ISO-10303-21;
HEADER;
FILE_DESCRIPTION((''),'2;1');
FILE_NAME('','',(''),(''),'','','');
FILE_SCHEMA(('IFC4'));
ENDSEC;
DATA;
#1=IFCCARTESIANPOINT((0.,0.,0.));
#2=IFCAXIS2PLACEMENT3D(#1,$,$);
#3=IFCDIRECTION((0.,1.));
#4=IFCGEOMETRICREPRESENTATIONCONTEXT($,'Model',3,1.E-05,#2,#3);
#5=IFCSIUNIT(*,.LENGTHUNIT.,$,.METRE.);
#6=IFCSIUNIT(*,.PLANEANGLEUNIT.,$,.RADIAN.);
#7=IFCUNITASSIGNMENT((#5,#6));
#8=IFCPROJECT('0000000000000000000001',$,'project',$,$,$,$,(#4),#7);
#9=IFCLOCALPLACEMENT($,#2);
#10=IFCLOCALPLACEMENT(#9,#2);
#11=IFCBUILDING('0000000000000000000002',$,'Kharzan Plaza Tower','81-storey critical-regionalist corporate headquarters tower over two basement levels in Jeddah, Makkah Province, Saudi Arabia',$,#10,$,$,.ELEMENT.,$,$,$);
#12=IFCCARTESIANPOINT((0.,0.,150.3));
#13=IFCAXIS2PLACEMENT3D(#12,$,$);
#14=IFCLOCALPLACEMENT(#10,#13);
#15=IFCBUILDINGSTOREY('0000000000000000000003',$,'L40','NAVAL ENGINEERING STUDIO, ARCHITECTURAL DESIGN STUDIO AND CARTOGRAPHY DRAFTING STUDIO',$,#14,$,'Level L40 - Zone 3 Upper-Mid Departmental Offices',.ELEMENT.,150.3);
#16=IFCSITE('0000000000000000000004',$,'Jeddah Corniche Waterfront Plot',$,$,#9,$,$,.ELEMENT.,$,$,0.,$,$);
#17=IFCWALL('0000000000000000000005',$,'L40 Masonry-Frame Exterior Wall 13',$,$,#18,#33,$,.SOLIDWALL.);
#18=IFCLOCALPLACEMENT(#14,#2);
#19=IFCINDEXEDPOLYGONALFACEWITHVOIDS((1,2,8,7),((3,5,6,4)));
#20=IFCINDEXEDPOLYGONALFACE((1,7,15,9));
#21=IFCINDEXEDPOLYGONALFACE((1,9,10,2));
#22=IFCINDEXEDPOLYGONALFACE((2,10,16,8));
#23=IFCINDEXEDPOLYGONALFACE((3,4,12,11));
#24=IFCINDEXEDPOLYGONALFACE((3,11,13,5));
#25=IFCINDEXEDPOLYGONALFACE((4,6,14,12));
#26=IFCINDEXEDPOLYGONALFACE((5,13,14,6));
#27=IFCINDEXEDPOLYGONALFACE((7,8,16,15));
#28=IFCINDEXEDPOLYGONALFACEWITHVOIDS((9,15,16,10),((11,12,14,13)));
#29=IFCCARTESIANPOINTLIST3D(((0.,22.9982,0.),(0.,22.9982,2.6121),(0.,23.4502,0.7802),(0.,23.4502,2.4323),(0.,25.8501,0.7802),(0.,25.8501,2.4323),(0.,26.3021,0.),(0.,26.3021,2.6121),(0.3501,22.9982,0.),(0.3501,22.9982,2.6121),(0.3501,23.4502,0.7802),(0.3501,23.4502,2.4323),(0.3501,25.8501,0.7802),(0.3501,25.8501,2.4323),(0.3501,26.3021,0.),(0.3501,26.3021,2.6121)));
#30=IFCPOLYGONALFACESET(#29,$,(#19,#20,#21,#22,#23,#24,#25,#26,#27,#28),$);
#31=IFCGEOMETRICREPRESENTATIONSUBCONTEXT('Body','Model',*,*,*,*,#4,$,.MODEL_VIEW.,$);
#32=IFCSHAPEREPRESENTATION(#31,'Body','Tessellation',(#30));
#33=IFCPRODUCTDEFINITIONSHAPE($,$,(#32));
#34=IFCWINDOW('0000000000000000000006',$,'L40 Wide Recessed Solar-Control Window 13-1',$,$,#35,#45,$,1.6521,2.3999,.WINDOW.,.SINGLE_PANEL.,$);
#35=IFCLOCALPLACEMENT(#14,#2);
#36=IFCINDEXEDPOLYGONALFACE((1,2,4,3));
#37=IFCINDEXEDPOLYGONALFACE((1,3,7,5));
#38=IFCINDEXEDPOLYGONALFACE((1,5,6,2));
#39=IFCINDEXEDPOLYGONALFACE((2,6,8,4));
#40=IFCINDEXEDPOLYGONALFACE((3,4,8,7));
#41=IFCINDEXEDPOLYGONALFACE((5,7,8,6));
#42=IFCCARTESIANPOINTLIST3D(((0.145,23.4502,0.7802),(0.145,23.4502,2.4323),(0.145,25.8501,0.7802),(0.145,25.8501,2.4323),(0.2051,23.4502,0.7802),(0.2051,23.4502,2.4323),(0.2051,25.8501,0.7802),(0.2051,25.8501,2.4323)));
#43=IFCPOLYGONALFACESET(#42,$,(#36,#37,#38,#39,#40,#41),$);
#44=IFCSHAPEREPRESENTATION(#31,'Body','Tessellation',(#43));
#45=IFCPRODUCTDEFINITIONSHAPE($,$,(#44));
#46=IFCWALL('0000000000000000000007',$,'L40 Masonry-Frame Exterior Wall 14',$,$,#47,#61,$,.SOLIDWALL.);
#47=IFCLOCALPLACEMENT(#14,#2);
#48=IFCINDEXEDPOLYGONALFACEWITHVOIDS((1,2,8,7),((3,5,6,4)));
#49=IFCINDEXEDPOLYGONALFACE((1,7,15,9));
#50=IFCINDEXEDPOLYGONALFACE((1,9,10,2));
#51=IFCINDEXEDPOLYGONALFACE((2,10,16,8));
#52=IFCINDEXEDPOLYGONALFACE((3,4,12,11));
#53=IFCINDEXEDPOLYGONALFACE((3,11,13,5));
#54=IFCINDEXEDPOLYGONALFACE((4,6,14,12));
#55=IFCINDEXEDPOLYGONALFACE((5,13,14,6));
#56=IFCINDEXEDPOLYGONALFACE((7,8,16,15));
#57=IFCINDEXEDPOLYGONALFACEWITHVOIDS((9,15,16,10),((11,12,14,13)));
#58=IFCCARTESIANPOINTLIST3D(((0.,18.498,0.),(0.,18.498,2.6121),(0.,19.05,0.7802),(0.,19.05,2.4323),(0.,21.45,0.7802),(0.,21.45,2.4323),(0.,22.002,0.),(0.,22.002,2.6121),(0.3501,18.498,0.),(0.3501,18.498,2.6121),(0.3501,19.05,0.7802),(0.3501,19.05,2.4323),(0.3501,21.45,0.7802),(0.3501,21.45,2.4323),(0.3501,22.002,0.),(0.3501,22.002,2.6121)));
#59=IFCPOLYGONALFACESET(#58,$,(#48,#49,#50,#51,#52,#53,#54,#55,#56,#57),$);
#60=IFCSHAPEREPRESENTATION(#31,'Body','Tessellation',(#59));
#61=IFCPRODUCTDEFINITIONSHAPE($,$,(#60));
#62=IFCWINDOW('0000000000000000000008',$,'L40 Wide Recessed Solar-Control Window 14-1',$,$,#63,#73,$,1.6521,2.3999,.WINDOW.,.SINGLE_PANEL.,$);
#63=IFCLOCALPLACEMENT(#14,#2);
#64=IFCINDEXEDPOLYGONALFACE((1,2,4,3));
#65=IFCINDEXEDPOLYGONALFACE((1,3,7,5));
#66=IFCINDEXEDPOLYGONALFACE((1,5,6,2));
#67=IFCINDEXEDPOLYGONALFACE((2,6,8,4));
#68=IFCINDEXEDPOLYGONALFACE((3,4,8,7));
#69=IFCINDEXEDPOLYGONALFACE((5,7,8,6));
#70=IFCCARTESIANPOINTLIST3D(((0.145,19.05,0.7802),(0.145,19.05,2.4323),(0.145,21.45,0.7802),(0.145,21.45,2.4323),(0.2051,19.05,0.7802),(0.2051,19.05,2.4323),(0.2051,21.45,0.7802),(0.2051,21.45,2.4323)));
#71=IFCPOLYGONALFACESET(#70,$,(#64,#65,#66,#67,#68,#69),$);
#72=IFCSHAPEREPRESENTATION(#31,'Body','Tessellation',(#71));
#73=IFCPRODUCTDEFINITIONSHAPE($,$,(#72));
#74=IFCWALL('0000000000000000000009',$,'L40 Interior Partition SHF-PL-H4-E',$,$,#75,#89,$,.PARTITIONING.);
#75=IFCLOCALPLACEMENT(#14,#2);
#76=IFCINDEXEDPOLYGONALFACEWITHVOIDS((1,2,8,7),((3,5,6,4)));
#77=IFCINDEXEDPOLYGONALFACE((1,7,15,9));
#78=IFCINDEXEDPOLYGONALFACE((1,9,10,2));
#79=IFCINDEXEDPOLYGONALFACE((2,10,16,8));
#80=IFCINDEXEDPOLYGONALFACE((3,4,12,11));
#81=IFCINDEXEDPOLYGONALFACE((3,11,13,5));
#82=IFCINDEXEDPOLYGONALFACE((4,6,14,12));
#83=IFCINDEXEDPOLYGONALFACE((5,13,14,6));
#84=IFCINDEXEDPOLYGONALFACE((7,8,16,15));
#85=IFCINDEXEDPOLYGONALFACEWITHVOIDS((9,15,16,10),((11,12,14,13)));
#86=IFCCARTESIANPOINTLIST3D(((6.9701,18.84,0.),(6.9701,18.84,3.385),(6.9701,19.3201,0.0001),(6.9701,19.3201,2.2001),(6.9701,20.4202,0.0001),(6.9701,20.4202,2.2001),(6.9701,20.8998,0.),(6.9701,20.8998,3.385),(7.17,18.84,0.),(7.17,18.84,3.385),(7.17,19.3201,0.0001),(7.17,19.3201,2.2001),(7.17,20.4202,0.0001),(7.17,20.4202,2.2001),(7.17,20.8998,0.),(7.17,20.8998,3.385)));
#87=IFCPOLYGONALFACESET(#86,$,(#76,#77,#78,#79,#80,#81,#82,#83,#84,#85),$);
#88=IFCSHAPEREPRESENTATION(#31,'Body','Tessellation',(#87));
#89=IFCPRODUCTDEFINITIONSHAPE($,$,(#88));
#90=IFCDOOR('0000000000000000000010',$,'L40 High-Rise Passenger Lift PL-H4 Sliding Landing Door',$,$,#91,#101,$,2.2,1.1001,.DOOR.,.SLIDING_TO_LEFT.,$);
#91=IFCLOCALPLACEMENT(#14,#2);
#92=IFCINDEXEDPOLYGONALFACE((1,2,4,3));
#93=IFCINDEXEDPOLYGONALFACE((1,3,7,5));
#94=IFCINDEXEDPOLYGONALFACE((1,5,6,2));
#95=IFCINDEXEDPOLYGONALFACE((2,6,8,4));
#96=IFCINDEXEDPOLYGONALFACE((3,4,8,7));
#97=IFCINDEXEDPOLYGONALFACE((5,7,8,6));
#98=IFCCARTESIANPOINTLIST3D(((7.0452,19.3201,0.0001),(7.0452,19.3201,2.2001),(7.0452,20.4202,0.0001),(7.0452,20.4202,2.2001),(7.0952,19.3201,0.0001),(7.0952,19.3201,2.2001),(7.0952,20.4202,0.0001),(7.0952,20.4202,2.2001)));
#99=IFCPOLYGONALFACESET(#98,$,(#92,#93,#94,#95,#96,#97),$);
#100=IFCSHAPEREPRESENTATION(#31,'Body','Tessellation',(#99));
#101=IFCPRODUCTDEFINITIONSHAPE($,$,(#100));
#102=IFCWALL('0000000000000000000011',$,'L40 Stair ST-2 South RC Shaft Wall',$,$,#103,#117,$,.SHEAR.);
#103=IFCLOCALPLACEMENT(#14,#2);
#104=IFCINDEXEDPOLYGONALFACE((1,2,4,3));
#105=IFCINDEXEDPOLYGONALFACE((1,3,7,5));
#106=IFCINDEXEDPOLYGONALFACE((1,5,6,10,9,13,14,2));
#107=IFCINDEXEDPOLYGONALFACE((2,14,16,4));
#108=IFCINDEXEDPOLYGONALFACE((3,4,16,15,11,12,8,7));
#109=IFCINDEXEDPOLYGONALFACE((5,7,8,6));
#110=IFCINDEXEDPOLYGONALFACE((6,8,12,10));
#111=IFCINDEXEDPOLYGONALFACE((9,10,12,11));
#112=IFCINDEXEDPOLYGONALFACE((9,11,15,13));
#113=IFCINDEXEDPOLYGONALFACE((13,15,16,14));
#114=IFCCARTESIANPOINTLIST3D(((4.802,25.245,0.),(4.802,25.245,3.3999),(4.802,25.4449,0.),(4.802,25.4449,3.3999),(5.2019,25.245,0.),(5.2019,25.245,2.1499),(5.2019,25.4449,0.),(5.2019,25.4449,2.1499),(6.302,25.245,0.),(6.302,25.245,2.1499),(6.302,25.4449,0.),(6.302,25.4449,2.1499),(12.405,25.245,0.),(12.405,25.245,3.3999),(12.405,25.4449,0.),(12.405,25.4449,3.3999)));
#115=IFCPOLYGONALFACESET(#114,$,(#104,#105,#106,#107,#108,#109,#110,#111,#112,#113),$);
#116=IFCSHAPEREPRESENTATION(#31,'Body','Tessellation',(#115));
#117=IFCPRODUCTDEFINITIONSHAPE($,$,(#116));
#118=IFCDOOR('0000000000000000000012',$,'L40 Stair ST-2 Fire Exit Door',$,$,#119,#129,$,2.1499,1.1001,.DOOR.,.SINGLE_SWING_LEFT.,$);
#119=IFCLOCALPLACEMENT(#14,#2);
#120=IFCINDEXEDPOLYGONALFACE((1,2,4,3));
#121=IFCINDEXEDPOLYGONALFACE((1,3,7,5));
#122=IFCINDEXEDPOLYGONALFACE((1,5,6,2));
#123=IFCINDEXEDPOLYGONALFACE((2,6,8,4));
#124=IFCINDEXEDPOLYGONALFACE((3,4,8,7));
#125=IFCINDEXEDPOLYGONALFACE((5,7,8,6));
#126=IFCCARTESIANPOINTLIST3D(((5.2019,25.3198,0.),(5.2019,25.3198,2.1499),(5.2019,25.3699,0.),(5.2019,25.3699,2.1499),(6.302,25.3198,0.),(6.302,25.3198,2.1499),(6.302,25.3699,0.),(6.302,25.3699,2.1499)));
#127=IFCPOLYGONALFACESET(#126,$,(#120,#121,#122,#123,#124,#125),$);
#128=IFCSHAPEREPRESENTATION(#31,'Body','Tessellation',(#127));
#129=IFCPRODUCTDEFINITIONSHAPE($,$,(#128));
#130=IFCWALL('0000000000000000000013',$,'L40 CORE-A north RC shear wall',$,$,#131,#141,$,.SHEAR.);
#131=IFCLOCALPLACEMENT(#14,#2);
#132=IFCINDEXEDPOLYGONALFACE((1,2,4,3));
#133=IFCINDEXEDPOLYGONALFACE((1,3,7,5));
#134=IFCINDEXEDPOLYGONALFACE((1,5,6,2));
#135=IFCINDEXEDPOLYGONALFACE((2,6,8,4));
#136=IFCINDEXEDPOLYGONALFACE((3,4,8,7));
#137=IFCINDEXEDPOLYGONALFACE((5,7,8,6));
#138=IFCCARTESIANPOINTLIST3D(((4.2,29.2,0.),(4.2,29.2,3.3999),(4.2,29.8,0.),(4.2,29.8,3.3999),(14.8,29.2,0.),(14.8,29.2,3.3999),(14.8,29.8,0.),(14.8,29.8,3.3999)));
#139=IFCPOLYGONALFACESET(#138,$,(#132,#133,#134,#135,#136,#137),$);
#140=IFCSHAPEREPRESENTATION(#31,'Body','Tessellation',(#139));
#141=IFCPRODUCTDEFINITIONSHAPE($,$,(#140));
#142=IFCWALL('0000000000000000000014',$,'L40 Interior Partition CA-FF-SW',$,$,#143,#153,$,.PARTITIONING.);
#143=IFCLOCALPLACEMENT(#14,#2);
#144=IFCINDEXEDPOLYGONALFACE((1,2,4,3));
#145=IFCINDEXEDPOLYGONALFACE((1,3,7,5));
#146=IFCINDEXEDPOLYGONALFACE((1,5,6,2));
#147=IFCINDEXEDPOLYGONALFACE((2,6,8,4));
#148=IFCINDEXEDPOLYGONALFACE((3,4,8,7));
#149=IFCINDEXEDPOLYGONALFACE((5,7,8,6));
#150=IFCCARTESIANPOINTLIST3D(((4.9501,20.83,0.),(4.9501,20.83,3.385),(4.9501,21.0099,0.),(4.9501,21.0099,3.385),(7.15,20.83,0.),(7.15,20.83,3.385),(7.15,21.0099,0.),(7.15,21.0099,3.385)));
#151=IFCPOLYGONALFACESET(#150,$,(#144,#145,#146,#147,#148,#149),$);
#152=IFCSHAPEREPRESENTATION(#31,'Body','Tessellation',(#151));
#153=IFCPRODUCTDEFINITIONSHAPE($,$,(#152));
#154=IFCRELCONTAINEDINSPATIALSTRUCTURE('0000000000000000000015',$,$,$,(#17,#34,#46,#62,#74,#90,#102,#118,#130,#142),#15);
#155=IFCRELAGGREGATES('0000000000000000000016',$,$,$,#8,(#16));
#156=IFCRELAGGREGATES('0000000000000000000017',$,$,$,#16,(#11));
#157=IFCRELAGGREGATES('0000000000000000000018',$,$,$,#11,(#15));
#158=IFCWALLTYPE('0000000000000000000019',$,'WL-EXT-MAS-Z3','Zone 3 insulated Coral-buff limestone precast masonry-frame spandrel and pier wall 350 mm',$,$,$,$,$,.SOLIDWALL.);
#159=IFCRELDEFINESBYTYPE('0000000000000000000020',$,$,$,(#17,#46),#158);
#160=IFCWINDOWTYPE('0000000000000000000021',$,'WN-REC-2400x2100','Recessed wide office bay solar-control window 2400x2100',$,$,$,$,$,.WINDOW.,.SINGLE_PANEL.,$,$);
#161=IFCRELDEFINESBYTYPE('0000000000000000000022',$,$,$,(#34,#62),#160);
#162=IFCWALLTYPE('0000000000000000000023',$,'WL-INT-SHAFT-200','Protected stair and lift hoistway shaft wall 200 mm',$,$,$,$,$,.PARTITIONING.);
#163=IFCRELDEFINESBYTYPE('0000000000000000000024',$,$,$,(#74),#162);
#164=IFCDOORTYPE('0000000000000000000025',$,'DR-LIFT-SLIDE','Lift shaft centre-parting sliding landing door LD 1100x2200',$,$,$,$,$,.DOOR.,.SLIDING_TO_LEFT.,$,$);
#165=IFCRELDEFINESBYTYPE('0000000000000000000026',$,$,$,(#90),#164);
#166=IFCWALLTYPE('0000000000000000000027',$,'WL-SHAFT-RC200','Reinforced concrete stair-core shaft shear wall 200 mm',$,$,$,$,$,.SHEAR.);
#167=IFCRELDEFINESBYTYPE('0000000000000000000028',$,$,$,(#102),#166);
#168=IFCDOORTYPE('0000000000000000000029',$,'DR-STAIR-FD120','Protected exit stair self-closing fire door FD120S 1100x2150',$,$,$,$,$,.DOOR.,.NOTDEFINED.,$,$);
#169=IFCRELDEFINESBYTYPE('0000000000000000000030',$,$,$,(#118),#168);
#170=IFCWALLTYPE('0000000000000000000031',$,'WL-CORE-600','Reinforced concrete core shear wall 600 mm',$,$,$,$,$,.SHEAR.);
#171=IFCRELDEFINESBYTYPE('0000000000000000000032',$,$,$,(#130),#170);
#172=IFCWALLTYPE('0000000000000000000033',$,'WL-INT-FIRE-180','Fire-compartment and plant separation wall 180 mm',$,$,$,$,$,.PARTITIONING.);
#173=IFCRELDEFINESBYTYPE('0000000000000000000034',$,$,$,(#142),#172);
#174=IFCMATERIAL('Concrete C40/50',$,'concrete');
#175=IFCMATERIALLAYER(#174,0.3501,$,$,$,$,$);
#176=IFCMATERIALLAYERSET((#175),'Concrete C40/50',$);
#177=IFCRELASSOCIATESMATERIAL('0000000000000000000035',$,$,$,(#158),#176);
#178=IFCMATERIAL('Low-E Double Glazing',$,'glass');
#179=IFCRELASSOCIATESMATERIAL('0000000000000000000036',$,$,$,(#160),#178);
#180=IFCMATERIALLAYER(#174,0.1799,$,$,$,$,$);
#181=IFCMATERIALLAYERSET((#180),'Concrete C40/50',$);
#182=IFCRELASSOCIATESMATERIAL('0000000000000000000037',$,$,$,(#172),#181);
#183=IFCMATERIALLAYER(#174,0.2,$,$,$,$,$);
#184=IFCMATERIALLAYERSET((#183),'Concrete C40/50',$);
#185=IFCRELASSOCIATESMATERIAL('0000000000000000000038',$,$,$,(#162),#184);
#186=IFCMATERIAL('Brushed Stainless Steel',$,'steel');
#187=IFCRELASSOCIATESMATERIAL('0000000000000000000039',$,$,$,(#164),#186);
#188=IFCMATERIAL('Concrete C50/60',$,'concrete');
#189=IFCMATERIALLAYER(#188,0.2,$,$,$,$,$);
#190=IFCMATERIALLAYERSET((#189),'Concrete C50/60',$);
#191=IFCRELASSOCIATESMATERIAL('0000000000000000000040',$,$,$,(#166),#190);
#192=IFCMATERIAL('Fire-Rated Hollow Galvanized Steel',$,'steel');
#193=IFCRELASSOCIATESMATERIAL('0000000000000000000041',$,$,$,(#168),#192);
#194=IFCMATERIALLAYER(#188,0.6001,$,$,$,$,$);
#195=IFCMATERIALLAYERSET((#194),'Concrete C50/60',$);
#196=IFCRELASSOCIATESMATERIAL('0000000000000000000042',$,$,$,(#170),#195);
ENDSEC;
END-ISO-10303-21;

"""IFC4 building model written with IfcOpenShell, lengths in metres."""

from ifc_helpers import new_model, si_unit, direction, frame, frame_2d, origin, place, context, subcontext, project, spatial, rectangle, extrude, source, transform, mapped, material, layer, layer_set, type_object, element, fill, save


model = new_model("IFC4")

# Units and contexts
model_context = context("Model", 3, precision=1e-05, world=origin(), true_north=direction((0.0, 1.0)))
body_context = subcontext(model_context, "Body", "Model", "MODEL_VIEW")
ifc_project = project(units=[si_unit("LENGTHUNIT", "METRE"), si_unit("PLANEANGLEUNIT", "RADIAN")], contexts=[model_context])

# Site, building, storey
site_placement = place(None, origin())
site = spatial("IfcSite", under=ifc_project, at=site_placement, Name="Jeddah Corniche Waterfront Plot", CompositionType="ELEMENT", RefElevation=0.0)
building_placement = place(site_placement, origin())
building = spatial("IfcBuilding", under=site, at=building_placement, Name="Kharzan Plaza Tower", Description="81-storey critical-regionalist corporate headquarters tower over two basement levels in Jeddah, Makkah Province, Saudi Arabia", CompositionType="ELEMENT")
storey_placement = place(building_placement, frame((0.0, 0.0, 150.3)))
storey = spatial("IfcBuildingStorey", under=building, at=storey_placement, Name="L40", Description="NAVAL ENGINEERING STUDIO, ARCHITECTURAL DESIGN STUDIO AND CARTOGRAPHY DRAFTING STUDIO", LongName="Level L40 - Zone 3 Upper-Mid Departmental Offices", CompositionType="ELEMENT", Elevation=150.3)

# Shared definitions
ifc_material_1 = material(Name="Concrete C50/60", Category="concrete")

# Walls, openings, windows
ifc_material_2 = material(Name="Concrete C40/50", Category="concrete")
ifc_layer_1 = layer(ifc_material_2, 0.3501)
ifc_layer_set_1 = layer_set([ifc_layer_1], Name="Concrete C40/50")
wall_type_1 = type_object("IfcWallType", Name="WL-EXT-MAS-Z3", Description="Zone 3 insulated Coral-buff limestone precast masonry-frame spandrel and pier wall 350 mm", PredefinedType="SOLIDWALL", material=ifc_layer_set_1)
wall_1_placement = place(storey_placement, frame((0.175, 26.302, 0.0), z_axis=(0.0, 0.0, 1.0), x_axis=(0.0, -1.0, 0.0)))
wall_1 = element("IfcWall", 1, at=wall_1_placement, inside=storey, type_object=wall_type_1, Name="L40 Masonry-Frame Exterior Wall 13", PredefinedType="SOLIDWALL", context=body_context, shape_type="SweptSolid", body=[
    extrude(rectangle(XDim=3.304, YDim=0.3501, at=frame_2d((1.6519, 0.0))), origin(), (0.0, 0.0, 1.0), 2.6121),
])
opening_1_placement = place(wall_1_placement, frame((0.4519, 0.0, 0.78)))
opening_1 = element("IfcOpeningElement", 2, at=opening_1_placement, cuts=wall_1, PredefinedType="OPENING", context=body_context, shape_type="SweptSolid", body=[
    extrude(rectangle(XDim=2.3999, YDim=1.6521, at=frame_2d((1.2, 0.8262))), frame((0.0, 0.1851, 0.0), z_axis=(0.0, -1.0, 0.0), x_axis=(1.0, 0.0, 0.0)), (0.0, 0.0, 1.0), 0.3701),
])
ifc_material_3 = material(Name="Low-E Double Glazing", Category="glass")
window_type = type_object("IfcWindowType", Name="WN-REC-2400x2100", Description="Recessed wide office bay solar-control window 2400x2100", PartitioningType="SINGLE_PANEL", PredefinedType="WINDOW", material=ifc_material_3)
shared_shape_1 = source(origin(), body_context, "Body", "SweptSolid", [
    extrude(rectangle(XDim=2.3999, YDim=1.6521, at=frame_2d((1.2, 0.8262))), frame((0.0, 0.03, 0.0), z_axis=(0.0, -1.0, 0.0), x_axis=(1.0, 0.0, 0.0)), (0.0, 0.0, 1.0), 0.0601),
])
window_1_placement = place(opening_1_placement, origin())
window_1 = element("IfcWindow", 3, at=window_1_placement, inside=storey, type_object=window_type, Name="L40 Wide Recessed Solar-Control Window 13-1", OverallHeight=1.6521, OverallWidth=2.3999, PartitioningType="SINGLE_PANEL", PredefinedType="WINDOW", context=body_context, shape_type="MappedRepresentation", body=[
    mapped(shared_shape_1, transform((0.0, 0.0, 0.0), x_axis=(1.0, 0.0, 0.0), y_axis=(0.0, 1.0, 0.0), z_axis=(0.0, 0.0, 1.0))),
])
fill(opening_1, window_1)
wall_2_placement = place(storey_placement, frame((0.175, 22.002, 0.0), z_axis=(0.0, 0.0, 1.0), x_axis=(0.0, -1.0, 0.0)))
wall_2 = element("IfcWall", 4, at=wall_2_placement, inside=storey, type_object=wall_type_1, Name="L40 Masonry-Frame Exterior Wall 14", PredefinedType="SOLIDWALL", context=body_context, shape_type="SweptSolid", body=[
    extrude(rectangle(XDim=3.5039, YDim=0.3501, at=frame_2d((1.752, 0.0))), origin(), (0.0, 0.0, 1.0), 2.6121),
])
opening_2_placement = place(wall_2_placement, frame((0.552, 0.0, 0.78)))
opening_2 = element("IfcOpeningElement", 5, at=opening_2_placement, cuts=wall_2, PredefinedType="OPENING", context=body_context, shape_type="SweptSolid", body=[
    extrude(rectangle(XDim=2.3999, YDim=1.6521, at=frame_2d((1.2, 0.8262))), frame((0.0, 0.1851, 0.0), z_axis=(0.0, -1.0, 0.0), x_axis=(1.0, 0.0, 0.0)), (0.0, 0.0, 1.0), 0.3701),
])
window_2_placement = place(opening_2_placement, origin())
window_2 = element("IfcWindow", 6, at=window_2_placement, inside=storey, type_object=window_type, Name="L40 Wide Recessed Solar-Control Window 14-1", OverallHeight=1.6521, OverallWidth=2.3999, PartitioningType="SINGLE_PANEL", PredefinedType="WINDOW", context=body_context, shape_type="MappedRepresentation", body=[
    mapped(shared_shape_1, transform((0.0, 0.0, 0.0), x_axis=(1.0, 0.0, 0.0), y_axis=(0.0, 1.0, 0.0), z_axis=(0.0, 0.0, 1.0))),
])
fill(opening_2, window_2)

# Walls, openings, doors
ifc_layer_2 = layer(ifc_material_2, 0.1799)
ifc_layer_set_2 = layer_set([ifc_layer_2], Name="Concrete C40/50")
wall_type_2 = type_object("IfcWallType", Name="WL-INT-FIRE-180", Description="Fire-compartment and plant separation wall 180 mm", PredefinedType="PARTITIONING", material=ifc_layer_set_2)
ifc_layer_3 = layer(ifc_material_2, 0.2)
ifc_layer_set_3 = layer_set([ifc_layer_3], Name="Concrete C40/50")
wall_type_3 = type_object("IfcWallType", Name="WL-INT-SHAFT-200", Description="Protected stair and lift hoistway shaft wall 200 mm", PredefinedType="PARTITIONING", material=ifc_layer_set_3)
wall_3_placement = place(storey_placement, frame((7.0701, 18.8401, 0.0), z_axis=(0.0, 0.0, 1.0), x_axis=(0.0, 1.0, 0.0)))
wall_3 = element("IfcWall", 7, at=wall_3_placement, inside=storey, type_object=wall_type_3, Name="L40 Interior Partition SHF-PL-H4-E", PredefinedType="PARTITIONING", context=body_context, shape_type="SweptSolid", body=[
    extrude(rectangle(XDim=2.0598, YDim=0.2, at=frame_2d((1.0298, 0.0))), origin(), (0.0, 0.0, 1.0), 3.385),
])
opening_3_placement = place(wall_3_placement, frame((0.48, 0.0, 0.0)))
opening_3 = element("IfcOpeningElement", 8, at=opening_3_placement, cuts=wall_3, PredefinedType="OPENING", context=body_context, shape_type="SweptSolid", body=[
    extrude(rectangle(XDim=1.1001, YDim=2.2, at=frame_2d((0.55, 1.1001))), frame((0.0, 0.1099, 0.0), z_axis=(0.0, -1.0, 0.0), x_axis=(1.0, 0.0, 0.0)), (0.0, 0.0, 1.0), 0.22),
])
ifc_material_4 = material(Name="Brushed Stainless Steel", Category="steel")
door_type_1 = type_object("IfcDoorType", Name="DR-LIFT-SLIDE", Description="Lift shaft centre-parting sliding landing door LD 1100x2200", OperationType="SLIDING_TO_LEFT", PredefinedType="DOOR", material=ifc_material_4)
shared_shape_2 = source(origin(), body_context, "Body", "SweptSolid", [
    extrude(rectangle(XDim=1.1001, YDim=2.2, at=frame_2d((0.55, 1.1001))), frame((0.0, 0.0249, 0.0), z_axis=(0.0, -1.0, 0.0), x_axis=(1.0, 0.0, 0.0)), (0.0, 0.0, 1.0), 0.05),
])
door_1_placement = place(opening_3_placement, origin())
door_1 = element("IfcDoor", 9, at=door_1_placement, inside=storey, type_object=door_type_1, Name="L40 High-Rise Passenger Lift PL-H4 Sliding Landing Door", OperationType="SLIDING_TO_LEFT", OverallHeight=2.2, OverallWidth=1.1001, PredefinedType="DOOR", context=body_context, shape_type="MappedRepresentation", body=[
    mapped(shared_shape_2, transform((0.0, 0.0, 0.0), x_axis=(1.0, 0.0, 0.0), y_axis=(0.0, 1.0, 0.0), z_axis=(0.0, 0.0, 1.0))),
])
fill(opening_3, door_1)
ifc_layer_4 = layer(ifc_material_1, 0.2)
ifc_layer_set_4 = layer_set([ifc_layer_4], Name="Concrete C50/60")
wall_type_4 = type_object("IfcWallType", Name="WL-SHAFT-RC200", Description="Reinforced concrete stair-core shaft shear wall 200 mm", PredefinedType="SHEAR", material=ifc_layer_set_4)
wall_4_placement = place(storey_placement, frame((4.802, 25.345, 0.0), z_axis=(0.0, 0.0, 1.0), x_axis=(1.0, 0.0, 0.0)))
wall_4 = element("IfcWall", 10, at=wall_4_placement, inside=storey, type_object=wall_type_4, Name="L40 Stair ST-2 South RC Shaft Wall", PredefinedType="SHEAR", context=body_context, shape_type="SweptSolid", body=[
    extrude(rectangle(XDim=7.603, YDim=0.2, at=frame_2d((3.8015, 0.0))), origin(), (0.0, 0.0, 1.0), 3.3999),
])
opening_4_placement = place(wall_4_placement, frame((0.3999, 0.0, 0.0)))
opening_4 = element("IfcOpeningElement", 11, at=opening_4_placement, cuts=wall_4, PredefinedType="OPENING", context=body_context, shape_type="SweptSolid", body=[
    extrude(rectangle(XDim=1.1001, YDim=2.1499, at=frame_2d((0.55, 1.075))), frame((0.0, 0.1099, 0.0), z_axis=(0.0, -1.0, 0.0), x_axis=(1.0, 0.0, 0.0)), (0.0, 0.0, 1.0), 0.22),
])
ifc_material_5 = material(Name="Fire-Rated Hollow Galvanized Steel", Category="steel")
door_type_2 = type_object("IfcDoorType", Name="DR-STAIR-FD120", Description="Protected exit stair self-closing fire door FD120S 1100x2150", OperationType="NOTDEFINED", PredefinedType="DOOR", material=ifc_material_5)
shared_shape_3 = source(origin(), body_context, "Body", "SweptSolid", [
    extrude(rectangle(XDim=1.1001, YDim=2.1499, at=frame_2d((0.55, 1.075))), frame((0.0, 0.0249, 0.0), z_axis=(0.0, -1.0, 0.0), x_axis=(1.0, 0.0, 0.0)), (0.0, 0.0, 1.0), 0.05),
])
door_2_placement = place(opening_4_placement, origin())
door_2 = element("IfcDoor", 12, at=door_2_placement, inside=storey, type_object=door_type_2, Name="L40 Stair ST-2 Fire Exit Door", OperationType="SINGLE_SWING_LEFT", OverallHeight=2.1499, OverallWidth=1.1001, PredefinedType="DOOR", context=body_context, shape_type="MappedRepresentation", body=[
    mapped(shared_shape_3, transform((0.0, 0.0, 0.0), x_axis=(1.0, 0.0, 0.0), y_axis=(0.0, 1.0, 0.0), z_axis=(0.0, 0.0, 1.0))),
])
fill(opening_4, door_2)

# Walls
ifc_layer_5 = layer(ifc_material_1, 0.6001)
ifc_layer_set_5 = layer_set([ifc_layer_5], Name="Concrete C50/60")
wall_type_5 = type_object("IfcWallType", Name="WL-CORE-600", Description="Reinforced concrete core shear wall 600 mm", PredefinedType="SHEAR", material=ifc_layer_set_5)
shared_shape_4 = source(origin(), body_context, "Body", "SweptSolid", [
    extrude(rectangle(XDim=10.6001, YDim=0.6001, at=frame_2d((5.3, 0.0))), origin(), (0.0, 0.0, 1.0), 3.3999),
])
wall_5_placement = place(storey_placement, frame((4.2, 29.5, 0.0), z_axis=(0.0, 0.0, 1.0), x_axis=(1.0, 0.0, 0.0)))
element("IfcWall", 13, at=wall_5_placement, inside=storey, type_object=wall_type_5, Name="L40 CORE-A north RC shear wall", PredefinedType="SHEAR", context=body_context, shape_type="MappedRepresentation", body=[
    mapped(shared_shape_4, transform((0.0, 0.0, 0.0), x_axis=(1.0, 0.0, 0.0), y_axis=(0.0, 1.0, 0.0), z_axis=(0.0, 0.0, 1.0))),
])
shared_shape_5 = source(origin(), body_context, "Body", "SweptSolid", [
    extrude(rectangle(XDim=2.2, YDim=0.1799, at=frame_2d((1.1001, 0.0))), origin(), (0.0, 0.0, 1.0), 3.385),
])
wall_6_placement = place(storey_placement, frame((4.95, 20.9199, 0.0), z_axis=(0.0, 0.0, 1.0), x_axis=(1.0, 0.0, 0.0)))
element("IfcWall", 14, at=wall_6_placement, inside=storey, type_object=wall_type_2, Name="L40 Interior Partition CA-FF-SW", PredefinedType="PARTITIONING", context=body_context, shape_type="MappedRepresentation", body=[
    mapped(shared_shape_5, transform((0.0, 0.0, 0.0), x_axis=(1.0, 0.0, 0.0), y_axis=(0.0, 1.0, 0.0), z_axis=(0.0, 0.0, 1.0))),
])

save(model, "model.ifc")
